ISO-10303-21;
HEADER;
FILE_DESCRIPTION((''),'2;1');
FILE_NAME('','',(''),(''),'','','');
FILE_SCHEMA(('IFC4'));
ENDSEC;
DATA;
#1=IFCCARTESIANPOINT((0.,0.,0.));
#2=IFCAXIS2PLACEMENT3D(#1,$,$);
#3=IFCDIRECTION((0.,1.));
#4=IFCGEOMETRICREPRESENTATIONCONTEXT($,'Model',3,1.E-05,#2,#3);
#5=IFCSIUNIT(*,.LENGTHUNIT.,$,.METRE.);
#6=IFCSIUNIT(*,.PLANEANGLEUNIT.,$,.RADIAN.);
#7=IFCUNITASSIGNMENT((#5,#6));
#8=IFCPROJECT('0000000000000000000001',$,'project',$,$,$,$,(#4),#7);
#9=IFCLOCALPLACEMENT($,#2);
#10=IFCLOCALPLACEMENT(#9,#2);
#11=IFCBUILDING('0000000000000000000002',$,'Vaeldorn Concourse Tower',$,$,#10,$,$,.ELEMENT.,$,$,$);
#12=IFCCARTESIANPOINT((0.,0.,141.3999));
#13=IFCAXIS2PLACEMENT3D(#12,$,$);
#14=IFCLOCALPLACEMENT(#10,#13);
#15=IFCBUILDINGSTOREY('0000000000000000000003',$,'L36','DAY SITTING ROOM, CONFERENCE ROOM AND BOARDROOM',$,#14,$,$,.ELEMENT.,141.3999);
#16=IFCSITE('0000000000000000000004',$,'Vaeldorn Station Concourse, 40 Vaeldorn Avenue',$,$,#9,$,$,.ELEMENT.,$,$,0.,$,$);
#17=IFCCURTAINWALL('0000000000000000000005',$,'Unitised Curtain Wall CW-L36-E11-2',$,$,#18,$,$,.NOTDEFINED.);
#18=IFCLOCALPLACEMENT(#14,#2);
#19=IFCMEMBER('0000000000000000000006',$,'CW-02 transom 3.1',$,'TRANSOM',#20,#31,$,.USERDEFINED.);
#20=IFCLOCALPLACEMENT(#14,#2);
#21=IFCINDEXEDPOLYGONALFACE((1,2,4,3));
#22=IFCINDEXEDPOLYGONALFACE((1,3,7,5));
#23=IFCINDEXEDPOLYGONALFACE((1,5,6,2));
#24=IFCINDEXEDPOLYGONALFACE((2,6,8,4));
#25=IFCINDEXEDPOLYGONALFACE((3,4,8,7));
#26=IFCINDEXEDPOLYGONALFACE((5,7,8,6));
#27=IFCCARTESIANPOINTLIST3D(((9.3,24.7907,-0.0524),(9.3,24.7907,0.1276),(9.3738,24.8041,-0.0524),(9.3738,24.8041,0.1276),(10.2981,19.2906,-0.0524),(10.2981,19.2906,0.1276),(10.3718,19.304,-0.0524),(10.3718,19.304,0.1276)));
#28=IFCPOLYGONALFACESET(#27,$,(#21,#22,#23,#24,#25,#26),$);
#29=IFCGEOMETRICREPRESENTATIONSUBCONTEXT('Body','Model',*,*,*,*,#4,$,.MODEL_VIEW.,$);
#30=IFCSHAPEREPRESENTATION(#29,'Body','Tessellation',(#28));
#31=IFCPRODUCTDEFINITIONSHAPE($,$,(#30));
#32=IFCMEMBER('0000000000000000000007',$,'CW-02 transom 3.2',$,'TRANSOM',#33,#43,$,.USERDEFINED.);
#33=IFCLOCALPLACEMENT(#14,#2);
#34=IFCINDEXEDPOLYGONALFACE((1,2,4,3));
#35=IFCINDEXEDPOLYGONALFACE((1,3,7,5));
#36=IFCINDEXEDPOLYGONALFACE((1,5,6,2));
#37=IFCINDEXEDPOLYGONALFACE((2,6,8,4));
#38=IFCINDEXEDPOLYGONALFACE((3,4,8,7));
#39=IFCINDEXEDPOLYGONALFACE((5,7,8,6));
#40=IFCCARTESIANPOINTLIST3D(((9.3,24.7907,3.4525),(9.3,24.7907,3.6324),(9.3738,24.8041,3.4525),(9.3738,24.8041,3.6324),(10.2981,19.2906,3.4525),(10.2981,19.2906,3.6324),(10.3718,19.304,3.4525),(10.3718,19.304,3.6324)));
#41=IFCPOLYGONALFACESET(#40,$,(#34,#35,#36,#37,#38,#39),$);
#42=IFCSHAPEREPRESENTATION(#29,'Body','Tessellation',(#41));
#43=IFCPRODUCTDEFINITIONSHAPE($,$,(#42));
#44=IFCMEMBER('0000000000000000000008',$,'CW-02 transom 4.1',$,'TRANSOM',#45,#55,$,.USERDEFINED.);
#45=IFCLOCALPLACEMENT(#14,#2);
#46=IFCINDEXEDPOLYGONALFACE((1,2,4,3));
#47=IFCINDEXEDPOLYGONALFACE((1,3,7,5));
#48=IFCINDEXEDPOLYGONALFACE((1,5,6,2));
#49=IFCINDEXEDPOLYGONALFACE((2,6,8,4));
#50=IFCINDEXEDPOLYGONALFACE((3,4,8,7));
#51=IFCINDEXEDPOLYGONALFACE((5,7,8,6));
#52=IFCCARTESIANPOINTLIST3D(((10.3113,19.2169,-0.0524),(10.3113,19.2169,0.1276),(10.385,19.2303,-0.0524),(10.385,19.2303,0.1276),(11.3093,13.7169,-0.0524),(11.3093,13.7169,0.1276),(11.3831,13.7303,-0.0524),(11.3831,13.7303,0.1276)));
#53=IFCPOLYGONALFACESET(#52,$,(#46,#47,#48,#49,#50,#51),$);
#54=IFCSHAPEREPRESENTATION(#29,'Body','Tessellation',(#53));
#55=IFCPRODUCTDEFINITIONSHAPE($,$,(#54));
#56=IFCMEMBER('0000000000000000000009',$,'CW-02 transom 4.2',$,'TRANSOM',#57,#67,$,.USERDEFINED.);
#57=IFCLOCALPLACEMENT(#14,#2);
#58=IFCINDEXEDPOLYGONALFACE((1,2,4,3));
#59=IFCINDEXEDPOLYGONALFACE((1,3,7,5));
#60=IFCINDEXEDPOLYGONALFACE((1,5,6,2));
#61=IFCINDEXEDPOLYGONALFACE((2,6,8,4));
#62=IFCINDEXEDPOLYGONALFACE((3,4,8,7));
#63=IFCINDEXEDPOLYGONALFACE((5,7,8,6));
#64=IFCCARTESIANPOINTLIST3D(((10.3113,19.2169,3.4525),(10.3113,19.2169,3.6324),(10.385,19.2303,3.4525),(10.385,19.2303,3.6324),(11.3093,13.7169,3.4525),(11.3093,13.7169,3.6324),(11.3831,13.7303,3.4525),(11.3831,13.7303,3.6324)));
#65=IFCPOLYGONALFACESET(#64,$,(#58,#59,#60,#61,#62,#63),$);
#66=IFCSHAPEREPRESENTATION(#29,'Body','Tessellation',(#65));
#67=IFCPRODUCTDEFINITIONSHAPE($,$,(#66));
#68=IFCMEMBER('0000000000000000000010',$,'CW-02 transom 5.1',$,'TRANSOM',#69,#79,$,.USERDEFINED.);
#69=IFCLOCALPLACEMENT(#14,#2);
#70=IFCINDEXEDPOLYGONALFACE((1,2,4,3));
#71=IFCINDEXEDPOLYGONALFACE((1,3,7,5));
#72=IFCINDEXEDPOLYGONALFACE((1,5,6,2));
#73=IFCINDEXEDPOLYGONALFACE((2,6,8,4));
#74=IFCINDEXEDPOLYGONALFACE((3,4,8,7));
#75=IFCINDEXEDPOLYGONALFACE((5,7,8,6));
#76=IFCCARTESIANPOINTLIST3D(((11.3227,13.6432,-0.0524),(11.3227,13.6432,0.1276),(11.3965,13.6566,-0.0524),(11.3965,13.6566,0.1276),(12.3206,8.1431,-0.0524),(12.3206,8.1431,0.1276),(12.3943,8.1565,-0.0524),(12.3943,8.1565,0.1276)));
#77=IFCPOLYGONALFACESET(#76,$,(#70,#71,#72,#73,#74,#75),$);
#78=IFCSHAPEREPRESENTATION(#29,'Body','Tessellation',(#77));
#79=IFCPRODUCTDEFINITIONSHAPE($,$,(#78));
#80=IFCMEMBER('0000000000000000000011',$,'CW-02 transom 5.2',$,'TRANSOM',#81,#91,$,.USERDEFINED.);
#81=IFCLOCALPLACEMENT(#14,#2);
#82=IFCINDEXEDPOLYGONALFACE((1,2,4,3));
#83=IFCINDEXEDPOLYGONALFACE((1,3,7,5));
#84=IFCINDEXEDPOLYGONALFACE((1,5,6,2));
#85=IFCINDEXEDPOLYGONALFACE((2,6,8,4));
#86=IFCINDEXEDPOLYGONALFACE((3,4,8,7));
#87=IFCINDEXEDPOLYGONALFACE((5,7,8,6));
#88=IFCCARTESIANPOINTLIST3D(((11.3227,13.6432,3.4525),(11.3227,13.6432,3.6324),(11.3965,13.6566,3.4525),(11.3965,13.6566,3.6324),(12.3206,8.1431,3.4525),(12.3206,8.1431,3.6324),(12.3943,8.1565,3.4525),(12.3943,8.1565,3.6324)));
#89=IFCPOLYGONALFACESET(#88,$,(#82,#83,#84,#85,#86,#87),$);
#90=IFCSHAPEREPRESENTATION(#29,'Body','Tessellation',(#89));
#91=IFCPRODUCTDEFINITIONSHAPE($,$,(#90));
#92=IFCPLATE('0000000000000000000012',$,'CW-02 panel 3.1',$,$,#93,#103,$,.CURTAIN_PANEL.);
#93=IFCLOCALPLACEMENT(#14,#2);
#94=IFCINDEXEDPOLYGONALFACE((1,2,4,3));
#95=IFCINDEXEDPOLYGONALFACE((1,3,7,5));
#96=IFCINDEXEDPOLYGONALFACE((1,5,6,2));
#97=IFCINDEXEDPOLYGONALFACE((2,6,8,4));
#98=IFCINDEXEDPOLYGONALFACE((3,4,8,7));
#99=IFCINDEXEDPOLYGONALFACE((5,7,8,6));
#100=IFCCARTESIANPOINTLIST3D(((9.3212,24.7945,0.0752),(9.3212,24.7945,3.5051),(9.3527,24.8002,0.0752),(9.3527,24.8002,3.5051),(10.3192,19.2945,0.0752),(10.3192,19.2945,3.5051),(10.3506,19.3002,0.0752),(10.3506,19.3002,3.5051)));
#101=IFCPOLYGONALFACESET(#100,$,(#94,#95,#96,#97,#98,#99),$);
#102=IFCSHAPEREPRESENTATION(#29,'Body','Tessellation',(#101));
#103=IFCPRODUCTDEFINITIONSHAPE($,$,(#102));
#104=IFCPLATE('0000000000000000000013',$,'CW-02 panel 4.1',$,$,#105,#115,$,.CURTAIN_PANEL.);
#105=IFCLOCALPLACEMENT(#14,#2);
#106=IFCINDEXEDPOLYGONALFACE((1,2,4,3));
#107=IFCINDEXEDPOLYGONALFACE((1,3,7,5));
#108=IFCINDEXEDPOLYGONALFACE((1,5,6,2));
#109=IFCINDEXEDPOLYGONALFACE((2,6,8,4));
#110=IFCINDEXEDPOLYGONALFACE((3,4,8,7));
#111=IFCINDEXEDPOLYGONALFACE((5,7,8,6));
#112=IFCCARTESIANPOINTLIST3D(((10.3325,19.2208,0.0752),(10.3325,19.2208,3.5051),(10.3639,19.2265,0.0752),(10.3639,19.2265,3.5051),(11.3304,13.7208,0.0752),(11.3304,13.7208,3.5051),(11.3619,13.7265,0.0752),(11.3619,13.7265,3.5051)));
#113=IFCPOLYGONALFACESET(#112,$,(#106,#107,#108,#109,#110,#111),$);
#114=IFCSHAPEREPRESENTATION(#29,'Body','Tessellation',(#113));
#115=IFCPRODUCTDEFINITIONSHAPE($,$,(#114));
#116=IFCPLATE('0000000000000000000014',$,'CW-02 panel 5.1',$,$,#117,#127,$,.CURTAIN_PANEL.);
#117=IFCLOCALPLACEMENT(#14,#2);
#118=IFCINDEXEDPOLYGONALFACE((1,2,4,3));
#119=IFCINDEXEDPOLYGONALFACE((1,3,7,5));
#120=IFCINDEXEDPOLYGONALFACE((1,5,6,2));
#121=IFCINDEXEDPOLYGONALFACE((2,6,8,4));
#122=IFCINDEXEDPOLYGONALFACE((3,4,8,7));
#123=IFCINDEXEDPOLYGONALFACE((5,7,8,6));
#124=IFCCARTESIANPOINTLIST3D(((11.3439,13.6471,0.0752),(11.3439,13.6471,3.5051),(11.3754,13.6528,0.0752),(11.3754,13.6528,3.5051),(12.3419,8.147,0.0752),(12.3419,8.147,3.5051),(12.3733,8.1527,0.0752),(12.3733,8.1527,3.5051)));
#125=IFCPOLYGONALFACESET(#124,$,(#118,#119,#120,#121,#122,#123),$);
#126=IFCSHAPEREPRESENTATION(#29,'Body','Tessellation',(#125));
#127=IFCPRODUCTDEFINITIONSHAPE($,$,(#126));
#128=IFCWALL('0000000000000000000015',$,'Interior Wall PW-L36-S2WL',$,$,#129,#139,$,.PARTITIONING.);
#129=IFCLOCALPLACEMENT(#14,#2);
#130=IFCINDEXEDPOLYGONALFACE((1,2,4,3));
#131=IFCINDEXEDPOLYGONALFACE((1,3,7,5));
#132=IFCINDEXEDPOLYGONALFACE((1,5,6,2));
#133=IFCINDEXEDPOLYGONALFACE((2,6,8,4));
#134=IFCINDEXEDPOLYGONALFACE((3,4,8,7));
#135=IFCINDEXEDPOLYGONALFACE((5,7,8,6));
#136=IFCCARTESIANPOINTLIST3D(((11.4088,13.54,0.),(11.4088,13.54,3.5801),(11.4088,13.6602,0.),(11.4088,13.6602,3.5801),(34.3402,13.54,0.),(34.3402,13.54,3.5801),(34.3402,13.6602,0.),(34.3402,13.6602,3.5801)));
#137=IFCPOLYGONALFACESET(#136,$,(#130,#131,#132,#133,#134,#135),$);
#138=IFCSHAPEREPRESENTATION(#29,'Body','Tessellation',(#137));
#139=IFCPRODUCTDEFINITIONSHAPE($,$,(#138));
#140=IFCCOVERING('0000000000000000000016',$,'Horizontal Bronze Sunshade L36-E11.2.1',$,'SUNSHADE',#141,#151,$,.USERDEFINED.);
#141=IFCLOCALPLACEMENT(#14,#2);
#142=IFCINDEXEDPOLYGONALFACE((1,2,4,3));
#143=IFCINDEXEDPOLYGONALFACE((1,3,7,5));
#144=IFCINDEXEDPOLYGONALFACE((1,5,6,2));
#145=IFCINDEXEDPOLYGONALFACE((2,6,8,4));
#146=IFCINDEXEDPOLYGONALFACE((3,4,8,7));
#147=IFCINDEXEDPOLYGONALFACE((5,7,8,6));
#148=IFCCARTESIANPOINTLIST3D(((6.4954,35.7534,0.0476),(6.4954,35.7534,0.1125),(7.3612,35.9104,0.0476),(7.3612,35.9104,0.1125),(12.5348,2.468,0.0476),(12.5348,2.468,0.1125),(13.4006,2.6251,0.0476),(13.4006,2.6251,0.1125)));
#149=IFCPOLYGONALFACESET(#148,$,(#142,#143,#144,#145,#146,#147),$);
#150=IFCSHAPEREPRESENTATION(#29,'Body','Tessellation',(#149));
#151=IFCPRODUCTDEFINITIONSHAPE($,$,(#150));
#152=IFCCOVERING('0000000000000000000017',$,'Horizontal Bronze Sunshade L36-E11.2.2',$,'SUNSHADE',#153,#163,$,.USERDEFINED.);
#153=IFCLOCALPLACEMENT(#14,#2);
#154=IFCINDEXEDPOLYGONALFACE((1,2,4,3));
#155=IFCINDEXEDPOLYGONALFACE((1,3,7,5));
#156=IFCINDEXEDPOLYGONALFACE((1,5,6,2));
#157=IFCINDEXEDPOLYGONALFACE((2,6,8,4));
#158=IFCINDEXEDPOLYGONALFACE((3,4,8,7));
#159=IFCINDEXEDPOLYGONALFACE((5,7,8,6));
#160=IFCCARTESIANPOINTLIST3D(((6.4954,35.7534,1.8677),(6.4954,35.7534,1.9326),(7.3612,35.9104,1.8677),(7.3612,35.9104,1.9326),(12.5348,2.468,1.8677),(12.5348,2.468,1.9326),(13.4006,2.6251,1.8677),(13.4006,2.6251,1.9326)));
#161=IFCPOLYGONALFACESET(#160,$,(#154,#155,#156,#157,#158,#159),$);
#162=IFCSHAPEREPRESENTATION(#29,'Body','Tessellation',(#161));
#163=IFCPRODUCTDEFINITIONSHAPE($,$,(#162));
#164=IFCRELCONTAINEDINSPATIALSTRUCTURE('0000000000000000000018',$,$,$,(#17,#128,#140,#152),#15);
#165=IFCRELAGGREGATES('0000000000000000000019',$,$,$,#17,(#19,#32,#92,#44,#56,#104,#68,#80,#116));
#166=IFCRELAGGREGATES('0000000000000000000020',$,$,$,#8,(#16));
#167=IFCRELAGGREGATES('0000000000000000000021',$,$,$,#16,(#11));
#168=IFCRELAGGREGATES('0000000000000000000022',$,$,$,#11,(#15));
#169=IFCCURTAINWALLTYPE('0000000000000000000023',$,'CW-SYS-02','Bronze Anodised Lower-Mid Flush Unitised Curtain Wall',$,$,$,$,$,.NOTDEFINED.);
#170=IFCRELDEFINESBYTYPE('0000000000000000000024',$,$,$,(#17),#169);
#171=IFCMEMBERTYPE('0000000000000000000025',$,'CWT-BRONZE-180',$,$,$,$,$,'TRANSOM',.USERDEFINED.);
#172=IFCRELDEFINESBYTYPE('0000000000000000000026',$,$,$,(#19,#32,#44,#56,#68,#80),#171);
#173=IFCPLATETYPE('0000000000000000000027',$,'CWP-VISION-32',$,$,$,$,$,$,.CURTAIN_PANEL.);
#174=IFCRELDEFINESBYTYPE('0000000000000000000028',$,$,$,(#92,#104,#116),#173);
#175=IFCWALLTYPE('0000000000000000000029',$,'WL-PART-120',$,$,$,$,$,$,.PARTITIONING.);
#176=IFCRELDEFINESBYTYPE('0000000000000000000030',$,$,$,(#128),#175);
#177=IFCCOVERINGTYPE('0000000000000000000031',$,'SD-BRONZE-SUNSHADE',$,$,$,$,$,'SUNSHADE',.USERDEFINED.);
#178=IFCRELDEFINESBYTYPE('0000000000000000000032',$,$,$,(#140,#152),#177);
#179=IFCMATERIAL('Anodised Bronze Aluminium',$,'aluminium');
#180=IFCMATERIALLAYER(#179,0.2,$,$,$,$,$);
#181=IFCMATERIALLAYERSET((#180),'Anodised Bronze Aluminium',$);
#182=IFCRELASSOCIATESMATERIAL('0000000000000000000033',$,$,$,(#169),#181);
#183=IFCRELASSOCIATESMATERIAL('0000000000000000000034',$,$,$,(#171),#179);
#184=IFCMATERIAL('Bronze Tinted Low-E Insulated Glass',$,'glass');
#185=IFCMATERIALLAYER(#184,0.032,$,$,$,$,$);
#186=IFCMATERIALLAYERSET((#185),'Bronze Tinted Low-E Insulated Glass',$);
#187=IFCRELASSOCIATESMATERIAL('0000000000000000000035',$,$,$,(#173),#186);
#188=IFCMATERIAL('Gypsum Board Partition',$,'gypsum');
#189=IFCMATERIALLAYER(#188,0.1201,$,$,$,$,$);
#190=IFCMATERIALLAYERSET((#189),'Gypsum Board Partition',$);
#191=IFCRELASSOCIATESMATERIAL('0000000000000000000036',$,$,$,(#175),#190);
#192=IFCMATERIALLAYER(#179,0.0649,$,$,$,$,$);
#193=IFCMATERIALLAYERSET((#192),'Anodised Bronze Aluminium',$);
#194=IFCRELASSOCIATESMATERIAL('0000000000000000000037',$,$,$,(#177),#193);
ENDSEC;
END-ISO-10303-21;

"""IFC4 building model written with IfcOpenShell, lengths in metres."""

from ifc_helpers import new_model, si_unit, direction, frame, frame_2d, origin, origin_2d, place, context, subcontext, project, spatial, rectangle, extrude, source, transform, mapped, material, layer, layer_set, material_profile, profile_set, type_object, element, aggregate, save


model = new_model("IFC4")

# Units and contexts
model_context = context("Model", 3, precision=1e-05, world=origin(), true_north=direction((0.0, 1.0)))
body_context = subcontext(model_context, "Body", "Model", "MODEL_VIEW")
ifc_project = project(units=[si_unit("LENGTHUNIT", "METRE"), si_unit("PLANEANGLEUNIT", "RADIAN")], contexts=[model_context])

# Site, building, storey
site_placement = place(None, origin())
site = spatial("IfcSite", under=ifc_project, at=site_placement, Name="Vaeldorn Station Concourse, 40 Vaeldorn Avenue", CompositionType="ELEMENT", RefElevation=0.0)
building_placement = place(site_placement, origin())
building = spatial("IfcBuilding", under=site, at=building_placement, Name="Vaeldorn Concourse Tower", CompositionType="ELEMENT")
storey_placement = place(building_placement, frame((0.0, 0.0, 141.3999)))
storey = spatial("IfcBuildingStorey", under=building, at=storey_placement, Name="L36", Description="DAY SITTING ROOM, CONFERENCE ROOM AND BOARDROOM", CompositionType="ELEMENT", Elevation=141.3999)

# Curtain wall, members, plates
ifc_material_1 = material(Name="Anodised Bronze Aluminium", Category="aluminium")
ifc_layer_1 = layer(ifc_material_1, 0.2)
ifc_layer_set_1 = layer_set([ifc_layer_1], Name="Anodised Bronze Aluminium")
curtain_wall_type = type_object("IfcCurtainWallType", Name="CW-SYS-02", Description="Bronze Anodised Lower-Mid Flush Unitised Curtain Wall", PredefinedType="NOTDEFINED", material=ifc_layer_set_1)
curtain_wall_placement = place(storey_placement, origin())
curtain_wall = element("IfcCurtainWall", 1, at=curtain_wall_placement, inside=storey, type_object=curtain_wall_type, Name="Unitised Curtain Wall CW-L36-E11-2", PredefinedType="NOTDEFINED")
ifc_material_profile_1 = material_profile(ifc_material_1, rectangle(XDim=0.075, YDim=0.1799, at=origin_2d()), Name="CWT 75x180")
ifc_profile_set_1 = profile_set([ifc_material_profile_1], Name="Anodised Bronze Aluminium")
member_type_1 = type_object("IfcMemberType", Name="CWT-BRONZE-180", ElementType="TRANSOM", PredefinedType="USERDEFINED", material=ifc_profile_set_1)
shared_shape_1 = source(origin(), body_context, "Body", "SweptSolid", [
    extrude(rectangle(XDim=0.075, YDim=0.1799, at=origin_2d()), origin(), (0.0, 0.0, 1.0), 5.5898),
])
member_1_placement = place(storey_placement, frame((9.3369, 24.7974, 0.0376), z_axis=(0.178547, -0.983931, 0.0), x_axis=(0.983931, 0.178547, 0.0)))
member_1 = element("IfcMember", 2, at=member_1_placement, type_object=member_type_1, Name="CW-02 transom 3.1", ObjectType="TRANSOM", PredefinedType="USERDEFINED", context=body_context, shape_type="MappedRepresentation", body=[
    mapped(shared_shape_1, transform((0.0, 0.0, 0.0), scale=1.0)),
])
member_2_placement = place(storey_placement, frame((9.3369, 24.7974, 3.5425), z_axis=(0.178547, -0.983931, 0.0), x_axis=(0.983931, 0.178547, 0.0)))
member_2 = element("IfcMember", 3, at=member_2_placement, type_object=member_type_1, Name="CW-02 transom 3.2", ObjectType="TRANSOM", PredefinedType="USERDEFINED", context=body_context, shape_type="MappedRepresentation", body=[
    mapped(shared_shape_1, transform((0.0, 0.0, 0.0), scale=1.0)),
])
member_3_placement = place(storey_placement, frame((10.3481, 19.2236, 0.0376), z_axis=(0.178547, -0.983931, 0.0), x_axis=(0.983931, 0.178547, 0.0)))
member_3 = element("IfcMember", 4, at=member_3_placement, type_object=member_type_1, Name="CW-02 transom 4.1", ObjectType="TRANSOM", PredefinedType="USERDEFINED", context=body_context, shape_type="MappedRepresentation", body=[
    mapped(shared_shape_1, transform((0.0, 0.0, 0.0), scale=1.0)),
])
member_4_placement = place(storey_placement, frame((10.3481, 19.2236, 3.5425), z_axis=(0.178547, -0.983931, 0.0), x_axis=(0.983931, 0.178547, 0.0)))
member_4 = element("IfcMember", 5, at=member_4_placement, type_object=member_type_1, Name="CW-02 transom 4.2", ObjectType="TRANSOM", PredefinedType="USERDEFINED", context=body_context, shape_type="MappedRepresentation", body=[
    mapped(shared_shape_1, transform((0.0, 0.0, 0.0), scale=1.0)),
])
member_5_placement = place(storey_placement, frame((11.3596, 13.6499, 0.0376), z_axis=(0.178505, -0.983939, 0.0), x_axis=(0.983939, 0.178505, 0.0)))
member_5 = element("IfcMember", 6, at=member_5_placement, type_object=member_type_1, Name="CW-02 transom 5.1", ObjectType="TRANSOM", PredefinedType="USERDEFINED", context=body_context, shape_type="MappedRepresentation", body=[
    mapped(shared_shape_1, transform((0.0, 0.0, 0.0), scale=1.0)),
])
member_6_placement = place(storey_placement, frame((11.3596, 13.6499, 3.5425), z_axis=(0.178505, -0.983939, 0.0), x_axis=(0.983939, 0.178505, 0.0)))
member_6 = element("IfcMember", 7, at=member_6_placement, type_object=member_type_1, Name="CW-02 transom 5.2", ObjectType="TRANSOM", PredefinedType="USERDEFINED", context=body_context, shape_type="MappedRepresentation", body=[
    mapped(shared_shape_1, transform((0.0, 0.0, 0.0), scale=1.0)),
])
ifc_material_2 = material(Name="Bronze Tinted Low-E Insulated Glass", Category="glass")
ifc_layer_2 = layer(ifc_material_2, 0.032)
ifc_layer_set_2 = layer_set([ifc_layer_2], Name="Bronze Tinted Low-E Insulated Glass")
plate_type = type_object("IfcPlateType", Name="CWP-VISION-32", PredefinedType="CURTAIN_PANEL", material=ifc_layer_set_2)
shared_shape_2 = source(origin(), body_context, "Body", "SweptSolid", [
    extrude(rectangle(XDim=5.5898, YDim=0.032, at=origin_2d()), origin(), (0.0, 0.0, 1.0), 3.4299),
])
plate_1_placement = place(storey_placement, frame((9.8359, 22.0474, 0.0752), z_axis=(0.0, 0.0, 1.0), x_axis=(0.178526, -0.983935, 0.0)))
plate_1 = element("IfcPlate", 8, at=plate_1_placement, type_object=plate_type, Name="CW-02 panel 3.1", PredefinedType="CURTAIN_PANEL", context=body_context, shape_type="MappedRepresentation", body=[
    mapped(shared_shape_2, transform((0.0, 0.0, 0.0), scale=1.0)),
])
plate_2_placement = place(storey_placement, frame((10.8472, 16.4736, 0.0752), z_axis=(0.0, 0.0, 1.0), x_axis=(0.178526, -0.983935, 0.0)))
plate_2 = element("IfcPlate", 9, at=plate_2_placement, type_object=plate_type, Name="CW-02 panel 4.1", PredefinedType="CURTAIN_PANEL", context=body_context, shape_type="MappedRepresentation", body=[
    mapped(shared_shape_2, transform((0.0, 0.0, 0.0), scale=1.0)),
])
plate_3_placement = place(storey_placement, frame((11.8586, 10.8999, 0.0752), z_axis=(0.0, 0.0, 1.0), x_axis=(0.178526, -0.983935, 0.0)))
plate_3 = element("IfcPlate", 10, at=plate_3_placement, type_object=plate_type, Name="CW-02 panel 5.1", PredefinedType="CURTAIN_PANEL", context=body_context, shape_type="MappedRepresentation", body=[
    mapped(shared_shape_2, transform((0.0, 0.0, 0.0), scale=1.0)),
])
aggregate(curtain_wall, [member_1, member_2, plate_1, member_3, member_4, plate_2, member_5, member_6, plate_3])

# Wall
ifc_material_3 = material(Name="Gypsum Board Partition", Category="gypsum")
ifc_layer_3 = layer(ifc_material_3, 0.1201)
ifc_layer_set_3 = layer_set([ifc_layer_3], Name="Gypsum Board Partition")
wall_type = type_object("IfcWallType", Name="WL-PART-120", PredefinedType="PARTITIONING", material=ifc_layer_set_3)
wall_placement = place(storey_placement, frame((11.4087, 13.6001, 0.0), z_axis=(0.0, 0.0, 1.0), x_axis=(1.0, 0.0, 0.0)))
element("IfcWall", 11, at=wall_placement, inside=storey, type_object=wall_type, Name="Interior Wall PW-L36-S2WL", PredefinedType="PARTITIONING", context=body_context, shape_type="SweptSolid", body=[
    extrude(rectangle(XDim=22.9314, YDim=0.1201, at=frame_2d((11.4658, 0.0))), origin(), (0.0, 0.0, 1.0), 3.5801),
])

# Coverings
ifc_layer_4 = layer(ifc_material_1, 0.0649)
ifc_layer_set_4 = layer_set([ifc_layer_4], Name="Anodised Bronze Aluminium")
covering_type = type_object("IfcCoveringType", Name="SD-BRONZE-SUNSHADE", ElementType="SUNSHADE", PredefinedType="USERDEFINED", material=ifc_layer_set_4)
shared_shape_3 = source(origin(), body_context, "Body", "SweptSolid", [
    extrude(rectangle(XDim=33.8289, YDim=0.8799, at=origin_2d()), origin(), (0.0, 0.0, 1.0), 0.0649),
])
for number, where, z_axis, x_axis, name in (
    (12, (9.948, 19.1892, 0.0476), (0.0, 0.0, 1.0), (0.178527, -0.983935, 0.0), "Horizontal Bronze Sunshade L36-E11.2.1"),
    (13, (9.948, 19.1892, 1.8677), (0.0, 0.0, 1.0), (0.178527, -0.983935, 0.0), "Horizontal Bronze Sunshade L36-E11.2.2"),
):
    element("IfcCovering", number, at=place(storey_placement, frame(where, z_axis=z_axis, x_axis=x_axis)), inside=storey, type_object=covering_type, Name=name, ObjectType="SUNSHADE", PredefinedType="USERDEFINED", context=body_context, shape_type="MappedRepresentation", body=[
        mapped(shared_shape_3, transform((0.0, 0.0, 0.0), scale=1.0)),
    ])

save(model, "model.ifc")
